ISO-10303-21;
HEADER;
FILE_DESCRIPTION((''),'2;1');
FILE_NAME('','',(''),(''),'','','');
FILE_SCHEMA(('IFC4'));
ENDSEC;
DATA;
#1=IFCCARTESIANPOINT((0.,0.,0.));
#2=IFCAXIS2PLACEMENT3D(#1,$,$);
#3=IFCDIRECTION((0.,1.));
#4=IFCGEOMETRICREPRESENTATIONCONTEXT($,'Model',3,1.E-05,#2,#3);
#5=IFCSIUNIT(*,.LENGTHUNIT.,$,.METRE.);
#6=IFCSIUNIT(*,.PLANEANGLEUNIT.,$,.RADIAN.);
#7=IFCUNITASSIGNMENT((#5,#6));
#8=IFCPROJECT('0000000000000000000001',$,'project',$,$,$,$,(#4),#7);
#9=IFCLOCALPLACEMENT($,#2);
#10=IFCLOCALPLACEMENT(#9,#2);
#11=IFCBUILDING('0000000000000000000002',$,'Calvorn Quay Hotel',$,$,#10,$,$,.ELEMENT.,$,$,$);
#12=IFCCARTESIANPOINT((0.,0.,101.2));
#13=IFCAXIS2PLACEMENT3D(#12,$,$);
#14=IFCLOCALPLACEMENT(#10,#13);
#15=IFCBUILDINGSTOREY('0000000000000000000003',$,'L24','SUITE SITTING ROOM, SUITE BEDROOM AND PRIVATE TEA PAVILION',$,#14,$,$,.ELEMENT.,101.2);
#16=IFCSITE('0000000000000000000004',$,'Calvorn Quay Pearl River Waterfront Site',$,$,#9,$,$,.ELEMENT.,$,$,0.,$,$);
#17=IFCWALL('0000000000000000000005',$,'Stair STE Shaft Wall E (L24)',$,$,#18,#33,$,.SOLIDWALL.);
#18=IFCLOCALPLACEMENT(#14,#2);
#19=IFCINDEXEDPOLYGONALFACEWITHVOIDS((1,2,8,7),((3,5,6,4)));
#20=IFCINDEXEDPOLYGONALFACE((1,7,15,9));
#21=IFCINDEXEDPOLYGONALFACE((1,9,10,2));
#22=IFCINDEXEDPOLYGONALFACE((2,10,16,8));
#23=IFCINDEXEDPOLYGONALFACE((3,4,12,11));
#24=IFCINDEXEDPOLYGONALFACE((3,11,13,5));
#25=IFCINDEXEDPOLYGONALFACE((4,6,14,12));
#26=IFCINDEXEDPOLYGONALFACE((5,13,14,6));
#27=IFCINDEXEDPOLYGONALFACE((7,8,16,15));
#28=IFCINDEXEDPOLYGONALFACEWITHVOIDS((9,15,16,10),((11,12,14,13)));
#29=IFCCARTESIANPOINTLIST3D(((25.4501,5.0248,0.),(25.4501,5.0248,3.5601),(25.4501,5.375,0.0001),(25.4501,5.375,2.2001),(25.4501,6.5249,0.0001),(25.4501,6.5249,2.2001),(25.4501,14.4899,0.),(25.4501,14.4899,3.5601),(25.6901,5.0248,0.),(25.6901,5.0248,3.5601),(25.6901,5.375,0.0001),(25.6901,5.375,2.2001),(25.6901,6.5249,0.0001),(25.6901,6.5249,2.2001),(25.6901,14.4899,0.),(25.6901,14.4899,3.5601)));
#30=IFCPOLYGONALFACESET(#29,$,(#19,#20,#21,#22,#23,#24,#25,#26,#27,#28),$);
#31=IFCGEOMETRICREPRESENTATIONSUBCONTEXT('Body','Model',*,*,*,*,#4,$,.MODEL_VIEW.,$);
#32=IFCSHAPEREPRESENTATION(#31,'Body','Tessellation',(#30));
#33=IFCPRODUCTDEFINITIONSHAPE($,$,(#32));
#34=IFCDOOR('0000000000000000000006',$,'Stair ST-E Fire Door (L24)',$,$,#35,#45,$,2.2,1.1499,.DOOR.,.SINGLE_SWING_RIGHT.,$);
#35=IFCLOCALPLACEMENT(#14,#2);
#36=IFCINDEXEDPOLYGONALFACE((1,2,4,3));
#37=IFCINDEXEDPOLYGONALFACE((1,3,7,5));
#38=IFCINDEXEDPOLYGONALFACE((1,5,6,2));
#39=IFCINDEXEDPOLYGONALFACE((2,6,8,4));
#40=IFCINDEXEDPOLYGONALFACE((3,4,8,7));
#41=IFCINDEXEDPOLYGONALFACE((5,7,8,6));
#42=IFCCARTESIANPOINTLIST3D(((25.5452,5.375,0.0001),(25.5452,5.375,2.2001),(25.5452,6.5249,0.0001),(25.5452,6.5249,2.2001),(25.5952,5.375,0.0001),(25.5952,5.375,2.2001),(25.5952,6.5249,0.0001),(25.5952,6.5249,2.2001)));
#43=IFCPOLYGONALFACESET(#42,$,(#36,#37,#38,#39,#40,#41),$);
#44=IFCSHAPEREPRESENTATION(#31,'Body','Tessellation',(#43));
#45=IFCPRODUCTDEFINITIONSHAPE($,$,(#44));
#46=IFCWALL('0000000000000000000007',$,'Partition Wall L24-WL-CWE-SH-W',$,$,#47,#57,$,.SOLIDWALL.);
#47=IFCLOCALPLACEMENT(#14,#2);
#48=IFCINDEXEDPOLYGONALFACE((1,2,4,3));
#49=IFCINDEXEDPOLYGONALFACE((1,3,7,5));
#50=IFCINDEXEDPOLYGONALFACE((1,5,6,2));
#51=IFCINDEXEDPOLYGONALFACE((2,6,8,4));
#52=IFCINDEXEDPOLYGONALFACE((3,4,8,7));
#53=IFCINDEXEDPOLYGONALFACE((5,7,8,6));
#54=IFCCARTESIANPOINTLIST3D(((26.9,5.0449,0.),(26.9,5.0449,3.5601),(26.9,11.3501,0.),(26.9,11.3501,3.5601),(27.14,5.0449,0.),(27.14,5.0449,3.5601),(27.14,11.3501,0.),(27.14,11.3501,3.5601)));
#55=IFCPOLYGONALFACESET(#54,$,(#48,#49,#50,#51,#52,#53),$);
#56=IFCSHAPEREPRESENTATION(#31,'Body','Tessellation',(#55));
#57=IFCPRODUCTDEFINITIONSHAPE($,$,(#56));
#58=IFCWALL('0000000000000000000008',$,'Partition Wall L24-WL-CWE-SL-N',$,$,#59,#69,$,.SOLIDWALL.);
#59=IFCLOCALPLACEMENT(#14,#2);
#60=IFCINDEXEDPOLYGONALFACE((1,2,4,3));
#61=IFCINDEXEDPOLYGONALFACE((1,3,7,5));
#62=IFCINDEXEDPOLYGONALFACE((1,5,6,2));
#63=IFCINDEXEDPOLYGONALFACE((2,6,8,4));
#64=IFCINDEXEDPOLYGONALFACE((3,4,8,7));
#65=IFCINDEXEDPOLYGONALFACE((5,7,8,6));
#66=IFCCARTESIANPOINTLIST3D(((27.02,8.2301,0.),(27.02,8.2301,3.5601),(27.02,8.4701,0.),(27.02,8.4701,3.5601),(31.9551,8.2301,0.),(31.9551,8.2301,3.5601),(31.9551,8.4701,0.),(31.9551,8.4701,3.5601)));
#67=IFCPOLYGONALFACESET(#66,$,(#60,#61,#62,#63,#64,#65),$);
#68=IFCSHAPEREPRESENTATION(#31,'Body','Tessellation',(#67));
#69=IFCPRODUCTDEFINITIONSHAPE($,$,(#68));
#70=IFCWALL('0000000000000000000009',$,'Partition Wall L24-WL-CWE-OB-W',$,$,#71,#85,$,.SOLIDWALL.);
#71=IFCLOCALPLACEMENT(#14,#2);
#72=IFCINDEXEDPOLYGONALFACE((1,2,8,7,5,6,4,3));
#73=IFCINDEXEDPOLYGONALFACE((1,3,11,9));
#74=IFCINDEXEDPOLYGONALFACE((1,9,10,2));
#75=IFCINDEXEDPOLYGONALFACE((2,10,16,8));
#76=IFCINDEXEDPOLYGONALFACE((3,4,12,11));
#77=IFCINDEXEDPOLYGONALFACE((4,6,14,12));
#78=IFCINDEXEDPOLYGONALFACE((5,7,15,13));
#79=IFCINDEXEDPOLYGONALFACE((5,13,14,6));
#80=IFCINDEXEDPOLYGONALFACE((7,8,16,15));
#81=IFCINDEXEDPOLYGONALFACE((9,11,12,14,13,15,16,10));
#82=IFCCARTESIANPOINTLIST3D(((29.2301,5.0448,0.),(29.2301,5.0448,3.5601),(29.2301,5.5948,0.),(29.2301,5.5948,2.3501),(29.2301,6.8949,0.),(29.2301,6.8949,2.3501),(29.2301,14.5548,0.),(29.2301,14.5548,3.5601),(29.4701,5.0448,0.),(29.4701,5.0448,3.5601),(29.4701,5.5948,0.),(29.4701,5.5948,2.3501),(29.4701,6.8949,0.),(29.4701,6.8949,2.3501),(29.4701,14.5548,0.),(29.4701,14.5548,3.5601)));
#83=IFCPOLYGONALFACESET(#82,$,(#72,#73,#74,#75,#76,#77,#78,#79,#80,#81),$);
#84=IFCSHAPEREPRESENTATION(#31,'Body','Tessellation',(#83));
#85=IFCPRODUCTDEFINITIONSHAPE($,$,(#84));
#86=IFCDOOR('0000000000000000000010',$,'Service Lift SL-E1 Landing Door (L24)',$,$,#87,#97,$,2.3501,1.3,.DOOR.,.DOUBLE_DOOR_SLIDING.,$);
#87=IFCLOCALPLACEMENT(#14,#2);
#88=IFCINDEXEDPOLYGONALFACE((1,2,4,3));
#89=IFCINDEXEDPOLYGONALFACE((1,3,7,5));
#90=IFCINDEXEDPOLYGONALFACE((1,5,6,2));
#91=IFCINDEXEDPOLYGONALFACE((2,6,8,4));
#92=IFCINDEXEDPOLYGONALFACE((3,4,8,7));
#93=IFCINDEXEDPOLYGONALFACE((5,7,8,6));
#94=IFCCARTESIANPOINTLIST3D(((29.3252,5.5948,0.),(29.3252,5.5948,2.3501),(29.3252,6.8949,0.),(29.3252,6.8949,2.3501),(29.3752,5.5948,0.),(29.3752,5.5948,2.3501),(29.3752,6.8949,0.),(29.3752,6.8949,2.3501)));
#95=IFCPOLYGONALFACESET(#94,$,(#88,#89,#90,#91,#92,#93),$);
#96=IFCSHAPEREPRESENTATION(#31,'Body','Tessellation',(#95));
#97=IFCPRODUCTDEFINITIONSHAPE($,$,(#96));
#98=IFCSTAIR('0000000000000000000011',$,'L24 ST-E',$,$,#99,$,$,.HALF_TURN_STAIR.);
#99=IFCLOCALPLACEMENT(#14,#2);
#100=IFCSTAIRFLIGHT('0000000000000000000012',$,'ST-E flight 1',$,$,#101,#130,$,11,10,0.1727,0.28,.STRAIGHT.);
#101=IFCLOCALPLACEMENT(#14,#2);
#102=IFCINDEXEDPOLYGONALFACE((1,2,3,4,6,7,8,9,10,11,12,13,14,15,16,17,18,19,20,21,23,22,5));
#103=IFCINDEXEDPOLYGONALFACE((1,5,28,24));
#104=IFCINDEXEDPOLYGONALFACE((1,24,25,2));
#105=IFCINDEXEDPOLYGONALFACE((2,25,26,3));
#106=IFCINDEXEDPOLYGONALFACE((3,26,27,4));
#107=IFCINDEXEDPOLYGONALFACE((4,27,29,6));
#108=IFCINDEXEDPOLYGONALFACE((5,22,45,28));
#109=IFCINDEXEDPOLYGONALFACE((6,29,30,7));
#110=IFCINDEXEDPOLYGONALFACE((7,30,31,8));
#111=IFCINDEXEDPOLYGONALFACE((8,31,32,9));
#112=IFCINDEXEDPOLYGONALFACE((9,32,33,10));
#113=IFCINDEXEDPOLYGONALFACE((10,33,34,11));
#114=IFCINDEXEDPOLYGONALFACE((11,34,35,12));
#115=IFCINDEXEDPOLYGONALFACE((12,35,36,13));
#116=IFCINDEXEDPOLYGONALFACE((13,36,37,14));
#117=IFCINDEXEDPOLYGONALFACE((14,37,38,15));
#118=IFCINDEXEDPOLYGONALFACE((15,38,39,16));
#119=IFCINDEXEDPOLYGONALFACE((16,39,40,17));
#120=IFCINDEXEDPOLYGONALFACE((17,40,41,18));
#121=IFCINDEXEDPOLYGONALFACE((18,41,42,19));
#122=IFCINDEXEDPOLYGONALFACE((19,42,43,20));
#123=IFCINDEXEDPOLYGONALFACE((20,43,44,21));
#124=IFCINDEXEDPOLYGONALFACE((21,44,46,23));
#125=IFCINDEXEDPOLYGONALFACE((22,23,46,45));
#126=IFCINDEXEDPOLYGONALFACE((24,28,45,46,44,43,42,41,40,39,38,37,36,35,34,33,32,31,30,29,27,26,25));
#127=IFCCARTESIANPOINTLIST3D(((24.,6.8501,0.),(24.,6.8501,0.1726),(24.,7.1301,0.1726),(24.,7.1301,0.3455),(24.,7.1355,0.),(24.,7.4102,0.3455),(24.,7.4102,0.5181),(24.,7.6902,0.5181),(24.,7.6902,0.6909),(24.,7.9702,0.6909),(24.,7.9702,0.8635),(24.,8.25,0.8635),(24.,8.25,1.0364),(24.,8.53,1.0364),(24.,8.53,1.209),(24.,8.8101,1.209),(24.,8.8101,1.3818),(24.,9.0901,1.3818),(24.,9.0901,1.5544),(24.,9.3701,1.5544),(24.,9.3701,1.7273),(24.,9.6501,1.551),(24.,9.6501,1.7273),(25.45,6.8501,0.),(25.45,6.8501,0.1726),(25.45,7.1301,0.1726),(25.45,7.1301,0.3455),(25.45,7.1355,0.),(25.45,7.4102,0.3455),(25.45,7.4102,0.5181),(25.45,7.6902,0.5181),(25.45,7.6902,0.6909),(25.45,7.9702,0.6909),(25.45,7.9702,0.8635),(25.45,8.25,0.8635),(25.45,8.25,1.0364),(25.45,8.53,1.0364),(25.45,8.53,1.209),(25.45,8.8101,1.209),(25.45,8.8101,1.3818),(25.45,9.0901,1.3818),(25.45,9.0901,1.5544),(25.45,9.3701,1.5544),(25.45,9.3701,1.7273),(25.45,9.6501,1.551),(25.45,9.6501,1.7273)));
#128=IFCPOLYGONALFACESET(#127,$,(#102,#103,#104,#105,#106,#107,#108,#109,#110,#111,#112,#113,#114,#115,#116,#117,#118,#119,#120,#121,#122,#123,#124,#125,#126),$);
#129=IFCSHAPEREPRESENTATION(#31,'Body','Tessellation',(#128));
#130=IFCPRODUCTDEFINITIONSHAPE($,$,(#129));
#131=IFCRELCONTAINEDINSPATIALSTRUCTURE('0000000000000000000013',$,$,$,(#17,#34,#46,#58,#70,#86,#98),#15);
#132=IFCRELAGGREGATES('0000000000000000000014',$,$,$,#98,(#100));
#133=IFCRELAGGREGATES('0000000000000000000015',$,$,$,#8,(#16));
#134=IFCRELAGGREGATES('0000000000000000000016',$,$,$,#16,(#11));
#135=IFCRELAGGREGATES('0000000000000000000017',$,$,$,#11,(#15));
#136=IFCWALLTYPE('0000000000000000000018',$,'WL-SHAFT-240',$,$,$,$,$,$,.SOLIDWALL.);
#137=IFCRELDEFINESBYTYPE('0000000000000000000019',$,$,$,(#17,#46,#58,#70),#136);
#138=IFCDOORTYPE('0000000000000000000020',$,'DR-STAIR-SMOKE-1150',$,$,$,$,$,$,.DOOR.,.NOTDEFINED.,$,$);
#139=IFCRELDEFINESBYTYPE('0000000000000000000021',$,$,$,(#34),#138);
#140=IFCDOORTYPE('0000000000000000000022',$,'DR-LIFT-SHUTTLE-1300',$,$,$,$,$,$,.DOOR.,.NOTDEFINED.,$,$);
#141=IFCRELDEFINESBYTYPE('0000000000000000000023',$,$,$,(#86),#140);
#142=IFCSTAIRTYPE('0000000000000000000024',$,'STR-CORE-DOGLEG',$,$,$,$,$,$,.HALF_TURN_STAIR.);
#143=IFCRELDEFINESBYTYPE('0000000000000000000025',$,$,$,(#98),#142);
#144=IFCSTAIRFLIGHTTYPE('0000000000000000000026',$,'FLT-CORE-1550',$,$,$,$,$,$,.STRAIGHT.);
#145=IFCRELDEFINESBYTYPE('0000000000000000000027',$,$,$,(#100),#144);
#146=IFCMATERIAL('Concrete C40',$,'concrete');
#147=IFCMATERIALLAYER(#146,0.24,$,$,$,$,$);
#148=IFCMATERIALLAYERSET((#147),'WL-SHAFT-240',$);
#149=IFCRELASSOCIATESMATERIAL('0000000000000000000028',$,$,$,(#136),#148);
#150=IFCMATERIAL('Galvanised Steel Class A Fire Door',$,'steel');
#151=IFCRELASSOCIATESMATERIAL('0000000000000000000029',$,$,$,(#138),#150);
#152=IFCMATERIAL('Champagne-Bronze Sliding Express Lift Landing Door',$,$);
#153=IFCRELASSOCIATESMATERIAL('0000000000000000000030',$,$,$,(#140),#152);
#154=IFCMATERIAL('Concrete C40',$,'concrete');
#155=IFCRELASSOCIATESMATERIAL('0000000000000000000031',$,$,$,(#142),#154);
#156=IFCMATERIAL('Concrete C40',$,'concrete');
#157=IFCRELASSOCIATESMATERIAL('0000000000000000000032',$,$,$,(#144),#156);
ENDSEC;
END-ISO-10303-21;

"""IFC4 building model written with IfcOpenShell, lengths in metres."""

from ifc_helpers import new_model, si_unit, direction, frame, frame_2d, origin, place, context, subcontext, project, spatial, polyline, rectangle, outline, extrude, material, layer, layer_set, type_object, element, fill, aggregate, save


model = new_model("IFC4")

# Units and contexts
model_context = context("Model", 3, precision=1e-05, world=origin(), true_north=direction((0.0, 1.0)))
body_context = subcontext(model_context, "Body", "Model", "MODEL_VIEW")
ifc_project = project(units=[si_unit("LENGTHUNIT", "METRE"), si_unit("PLANEANGLEUNIT", "RADIAN")], contexts=[model_context])

# Site, building, storey
site_placement = place(None, origin())
site = spatial("IfcSite", under=ifc_project, at=site_placement, Name="Calvorn Quay Pearl River Waterfront Site", CompositionType="ELEMENT", RefElevation=0.0)
building_placement = place(site_placement, origin())
building = spatial("IfcBuilding", under=site, at=building_placement, Name="Calvorn Quay Hotel", CompositionType="ELEMENT")
storey_placement = place(building_placement, frame((0.0, 0.0, 101.2)))
storey = spatial("IfcBuildingStorey", under=building, at=storey_placement, Name="L24", Description="SUITE SITTING ROOM, SUITE BEDROOM AND PRIVATE TEA PAVILION", CompositionType="ELEMENT", Elevation=101.2)

# Wall, opening, door
ifc_material_1 = material(Name="Concrete C40", Category="concrete")
ifc_layer_1 = layer(ifc_material_1, 0.24)
ifc_layer_set_1 = layer_set([ifc_layer_1], Name="WL-SHAFT-240")
wall_type_1 = type_object("IfcWallType", Name="WL-SHAFT-240", PredefinedType="SOLIDWALL", material=ifc_layer_set_1)
wall_1_placement = place(storey_placement, frame((25.5701, 5.0249, 0.0), z_axis=(0.0, 0.0, 1.0), x_axis=(0.0, 1.0, 0.0)))
wall_1 = element("IfcWall", 1, at=wall_1_placement, inside=storey, type_object=wall_type_1, Name="Stair STE Shaft Wall E (L24)", PredefinedType="SOLIDWALL", context=body_context, shape_type="SweptSolid", body=[
    extrude(rectangle(XDim=9.4651, YDim=0.24, at=frame_2d((4.7324, 0.0))), origin(), (0.0, 0.0, 1.0), 3.5601),
])
opening_1_placement = place(wall_1_placement, frame((0.3501, 0.0, 0.0)))
opening_1 = element("IfcOpeningElement", 2, at=opening_1_placement, cuts=wall_1, PredefinedType="OPENING", context=body_context, shape_type="SweptSolid", body=[
    extrude(rectangle(XDim=1.1499, YDim=2.2, at=frame_2d((0.575, 1.1001))), frame((0.0, 0.1299, 0.0), z_axis=(0.0, -1.0, 0.0), x_axis=(1.0, 0.0, 0.0)), (0.0, 0.0, 1.0), 0.26),
])
ifc_material_2 = material(Name="Galvanised Steel Class A Fire Door", Category="steel")
door_type_1 = type_object("IfcDoorType", Name="DR-STAIR-SMOKE-1150", OperationType="NOTDEFINED", PredefinedType="DOOR", material=ifc_material_2)
door_1_placement = place(opening_1_placement, origin())
door_1 = element("IfcDoor", 3, at=door_1_placement, inside=storey, type_object=door_type_1, Name="Stair ST-E Fire Door (L24)", OperationType="SINGLE_SWING_RIGHT", OverallHeight=2.2, OverallWidth=1.1499, PredefinedType="DOOR", context=body_context, shape_type="SweptSolid", body=[
    extrude(rectangle(XDim=1.1499, YDim=2.2, at=frame_2d((0.575, 1.1001))), frame((0.0, 0.0249, 0.0), z_axis=(0.0, -1.0, 0.0), x_axis=(1.0, 0.0, 0.0)), (0.0, 0.0, 1.0), 0.05),
])
fill(opening_1, door_1)

# Walls
wall_2_placement = place(storey_placement, frame((27.02, 5.0449, 0.0), z_axis=(0.0, 0.0, 1.0), x_axis=(0.0, 1.0, 0.0)))
element("IfcWall", 4, at=wall_2_placement, inside=storey, type_object=wall_type_1, Name="Partition Wall L24-WL-CWE-SH-W", PredefinedType="SOLIDWALL", context=body_context, shape_type="SweptSolid", body=[
    extrude(rectangle(XDim=6.3052, YDim=0.24, at=frame_2d((3.1526, 0.0))), origin(), (0.0, 0.0, 1.0), 3.5601),
])
wall_3_placement = place(storey_placement, frame((27.02, 8.3501, 0.0), z_axis=(0.0, 0.0, 1.0), x_axis=(1.0, 0.0, 0.0)))
element("IfcWall", 5, at=wall_3_placement, inside=storey, type_object=wall_type_1, Name="Partition Wall L24-WL-CWE-SL-N", PredefinedType="SOLIDWALL", context=body_context, shape_type="SweptSolid", body=[
    extrude(rectangle(XDim=4.9351, YDim=0.24, at=frame_2d((2.4675, 0.0))), origin(), (0.0, 0.0, 1.0), 3.5601),
])

# Wall, opening, door
wall_4_placement = place(storey_placement, frame((29.3501, 5.0449, 0.0), z_axis=(0.0, 0.0, 1.0), x_axis=(0.0, 1.0, 0.0)))
wall_4 = element("IfcWall", 6, at=wall_4_placement, inside=storey, type_object=wall_type_1, Name="Partition Wall L24-WL-CWE-OB-W", PredefinedType="SOLIDWALL", context=body_context, shape_type="SweptSolid", body=[
    extrude(rectangle(XDim=9.51, YDim=0.24, at=frame_2d((4.7549, 0.0))), origin(), (0.0, 0.0, 1.0), 3.5601),
])
opening_2_placement = place(wall_4_placement, frame((0.55, 0.0, 0.0)))
opening_2 = element("IfcOpeningElement", 7, at=opening_2_placement, cuts=wall_4, PredefinedType="OPENING", context=body_context, shape_type="SweptSolid", body=[
    extrude(rectangle(XDim=1.3, YDim=2.3501, at=frame_2d((0.6499, 1.175))), frame((0.0, 0.1299, 0.0), z_axis=(0.0, -1.0, 0.0), x_axis=(1.0, 0.0, 0.0)), (0.0, 0.0, 1.0), 0.26),
])
ifc_material_3 = material(Name="Champagne-Bronze Sliding Express Lift Landing Door")
door_type_2 = type_object("IfcDoorType", Name="DR-LIFT-SHUTTLE-1300", OperationType="NOTDEFINED", PredefinedType="DOOR", material=ifc_material_3)
door_2_placement = place(opening_2_placement, origin())
door_2 = element("IfcDoor", 8, at=door_2_placement, inside=storey, type_object=door_type_2, Name="Service Lift SL-E1 Landing Door (L24)", OperationType="DOUBLE_DOOR_SLIDING", OverallHeight=2.3501, OverallWidth=1.3, PredefinedType="DOOR", context=body_context, shape_type="SweptSolid", body=[
    extrude(rectangle(XDim=1.3, YDim=2.3501, at=frame_2d((0.6499, 1.175))), frame((0.0, 0.0249, 0.0), z_axis=(0.0, -1.0, 0.0), x_axis=(1.0, 0.0, 0.0)), (0.0, 0.0, 1.0), 0.05),
])
fill(opening_2, door_2)

# Stair, stair flight
ifc_material_4 = material(Name="Concrete C40", Category="concrete")
stair_type = type_object("IfcStairType", Name="STR-CORE-DOGLEG", PredefinedType="HALF_TURN_STAIR", material=ifc_material_4)
stair_placement = place(storey_placement, origin())
stair = element("IfcStair", 9, at=stair_placement, inside=storey, type_object=stair_type, Name="L24 ST-E", PredefinedType="HALF_TURN_STAIR")
ifc_material_5 = material(Name="Concrete C40", Category="concrete")
stair_flight_type = type_object("IfcStairFlightType", Name="FLT-CORE-1550", PredefinedType="STRAIGHT", material=ifc_material_5)
stair_flight_placement = place(storey_placement, frame((24.7251, 6.8501, 0.0), z_axis=(0.0, 0.0, 1.0), x_axis=(0.0, 1.0, 0.0)))
stair_flight = element("IfcStairFlight", 10, at=stair_flight_placement, type_object=stair_flight_type, Name="ST-E flight 1", NumberOfRisers=11, NumberOfTreads=10, PredefinedType="STRAIGHT", RiserHeight=0.1727, TreadLength=0.28, context=body_context, shape_type="SweptSolid", body=[
    extrude(outline(polyline([(0.0, 0.0), (0.0, 0.1726), (0.28, 0.1726), (0.28, 0.3455), (0.5601, 0.3455), (0.5601, 0.5181), (0.8401, 0.5181), (0.8401, 0.6909), (1.1201, 0.6909), (1.1201, 0.8635), (1.3999, 0.8635), (1.3999, 1.0364), (1.6799, 1.0364), (1.6799, 1.209), (1.96, 1.209), (1.96, 1.3818), (2.24, 1.3818), (2.24, 1.5544), (2.52, 1.5544), (2.52, 1.7273), (2.8, 1.7273), (2.8, 1.8999), (2.8, 1.551), (0.2854, 0.0), (0.0, 0.0)])), frame((0.0, 0.7251, 0.0), z_axis=(0.0, -1.0, 0.0), x_axis=(1.0, 0.0, 0.0)), (0.0, 0.0, 1.0), 1.45),
])
aggregate(stair, [stair_flight])

save(model, "model.ifc")
